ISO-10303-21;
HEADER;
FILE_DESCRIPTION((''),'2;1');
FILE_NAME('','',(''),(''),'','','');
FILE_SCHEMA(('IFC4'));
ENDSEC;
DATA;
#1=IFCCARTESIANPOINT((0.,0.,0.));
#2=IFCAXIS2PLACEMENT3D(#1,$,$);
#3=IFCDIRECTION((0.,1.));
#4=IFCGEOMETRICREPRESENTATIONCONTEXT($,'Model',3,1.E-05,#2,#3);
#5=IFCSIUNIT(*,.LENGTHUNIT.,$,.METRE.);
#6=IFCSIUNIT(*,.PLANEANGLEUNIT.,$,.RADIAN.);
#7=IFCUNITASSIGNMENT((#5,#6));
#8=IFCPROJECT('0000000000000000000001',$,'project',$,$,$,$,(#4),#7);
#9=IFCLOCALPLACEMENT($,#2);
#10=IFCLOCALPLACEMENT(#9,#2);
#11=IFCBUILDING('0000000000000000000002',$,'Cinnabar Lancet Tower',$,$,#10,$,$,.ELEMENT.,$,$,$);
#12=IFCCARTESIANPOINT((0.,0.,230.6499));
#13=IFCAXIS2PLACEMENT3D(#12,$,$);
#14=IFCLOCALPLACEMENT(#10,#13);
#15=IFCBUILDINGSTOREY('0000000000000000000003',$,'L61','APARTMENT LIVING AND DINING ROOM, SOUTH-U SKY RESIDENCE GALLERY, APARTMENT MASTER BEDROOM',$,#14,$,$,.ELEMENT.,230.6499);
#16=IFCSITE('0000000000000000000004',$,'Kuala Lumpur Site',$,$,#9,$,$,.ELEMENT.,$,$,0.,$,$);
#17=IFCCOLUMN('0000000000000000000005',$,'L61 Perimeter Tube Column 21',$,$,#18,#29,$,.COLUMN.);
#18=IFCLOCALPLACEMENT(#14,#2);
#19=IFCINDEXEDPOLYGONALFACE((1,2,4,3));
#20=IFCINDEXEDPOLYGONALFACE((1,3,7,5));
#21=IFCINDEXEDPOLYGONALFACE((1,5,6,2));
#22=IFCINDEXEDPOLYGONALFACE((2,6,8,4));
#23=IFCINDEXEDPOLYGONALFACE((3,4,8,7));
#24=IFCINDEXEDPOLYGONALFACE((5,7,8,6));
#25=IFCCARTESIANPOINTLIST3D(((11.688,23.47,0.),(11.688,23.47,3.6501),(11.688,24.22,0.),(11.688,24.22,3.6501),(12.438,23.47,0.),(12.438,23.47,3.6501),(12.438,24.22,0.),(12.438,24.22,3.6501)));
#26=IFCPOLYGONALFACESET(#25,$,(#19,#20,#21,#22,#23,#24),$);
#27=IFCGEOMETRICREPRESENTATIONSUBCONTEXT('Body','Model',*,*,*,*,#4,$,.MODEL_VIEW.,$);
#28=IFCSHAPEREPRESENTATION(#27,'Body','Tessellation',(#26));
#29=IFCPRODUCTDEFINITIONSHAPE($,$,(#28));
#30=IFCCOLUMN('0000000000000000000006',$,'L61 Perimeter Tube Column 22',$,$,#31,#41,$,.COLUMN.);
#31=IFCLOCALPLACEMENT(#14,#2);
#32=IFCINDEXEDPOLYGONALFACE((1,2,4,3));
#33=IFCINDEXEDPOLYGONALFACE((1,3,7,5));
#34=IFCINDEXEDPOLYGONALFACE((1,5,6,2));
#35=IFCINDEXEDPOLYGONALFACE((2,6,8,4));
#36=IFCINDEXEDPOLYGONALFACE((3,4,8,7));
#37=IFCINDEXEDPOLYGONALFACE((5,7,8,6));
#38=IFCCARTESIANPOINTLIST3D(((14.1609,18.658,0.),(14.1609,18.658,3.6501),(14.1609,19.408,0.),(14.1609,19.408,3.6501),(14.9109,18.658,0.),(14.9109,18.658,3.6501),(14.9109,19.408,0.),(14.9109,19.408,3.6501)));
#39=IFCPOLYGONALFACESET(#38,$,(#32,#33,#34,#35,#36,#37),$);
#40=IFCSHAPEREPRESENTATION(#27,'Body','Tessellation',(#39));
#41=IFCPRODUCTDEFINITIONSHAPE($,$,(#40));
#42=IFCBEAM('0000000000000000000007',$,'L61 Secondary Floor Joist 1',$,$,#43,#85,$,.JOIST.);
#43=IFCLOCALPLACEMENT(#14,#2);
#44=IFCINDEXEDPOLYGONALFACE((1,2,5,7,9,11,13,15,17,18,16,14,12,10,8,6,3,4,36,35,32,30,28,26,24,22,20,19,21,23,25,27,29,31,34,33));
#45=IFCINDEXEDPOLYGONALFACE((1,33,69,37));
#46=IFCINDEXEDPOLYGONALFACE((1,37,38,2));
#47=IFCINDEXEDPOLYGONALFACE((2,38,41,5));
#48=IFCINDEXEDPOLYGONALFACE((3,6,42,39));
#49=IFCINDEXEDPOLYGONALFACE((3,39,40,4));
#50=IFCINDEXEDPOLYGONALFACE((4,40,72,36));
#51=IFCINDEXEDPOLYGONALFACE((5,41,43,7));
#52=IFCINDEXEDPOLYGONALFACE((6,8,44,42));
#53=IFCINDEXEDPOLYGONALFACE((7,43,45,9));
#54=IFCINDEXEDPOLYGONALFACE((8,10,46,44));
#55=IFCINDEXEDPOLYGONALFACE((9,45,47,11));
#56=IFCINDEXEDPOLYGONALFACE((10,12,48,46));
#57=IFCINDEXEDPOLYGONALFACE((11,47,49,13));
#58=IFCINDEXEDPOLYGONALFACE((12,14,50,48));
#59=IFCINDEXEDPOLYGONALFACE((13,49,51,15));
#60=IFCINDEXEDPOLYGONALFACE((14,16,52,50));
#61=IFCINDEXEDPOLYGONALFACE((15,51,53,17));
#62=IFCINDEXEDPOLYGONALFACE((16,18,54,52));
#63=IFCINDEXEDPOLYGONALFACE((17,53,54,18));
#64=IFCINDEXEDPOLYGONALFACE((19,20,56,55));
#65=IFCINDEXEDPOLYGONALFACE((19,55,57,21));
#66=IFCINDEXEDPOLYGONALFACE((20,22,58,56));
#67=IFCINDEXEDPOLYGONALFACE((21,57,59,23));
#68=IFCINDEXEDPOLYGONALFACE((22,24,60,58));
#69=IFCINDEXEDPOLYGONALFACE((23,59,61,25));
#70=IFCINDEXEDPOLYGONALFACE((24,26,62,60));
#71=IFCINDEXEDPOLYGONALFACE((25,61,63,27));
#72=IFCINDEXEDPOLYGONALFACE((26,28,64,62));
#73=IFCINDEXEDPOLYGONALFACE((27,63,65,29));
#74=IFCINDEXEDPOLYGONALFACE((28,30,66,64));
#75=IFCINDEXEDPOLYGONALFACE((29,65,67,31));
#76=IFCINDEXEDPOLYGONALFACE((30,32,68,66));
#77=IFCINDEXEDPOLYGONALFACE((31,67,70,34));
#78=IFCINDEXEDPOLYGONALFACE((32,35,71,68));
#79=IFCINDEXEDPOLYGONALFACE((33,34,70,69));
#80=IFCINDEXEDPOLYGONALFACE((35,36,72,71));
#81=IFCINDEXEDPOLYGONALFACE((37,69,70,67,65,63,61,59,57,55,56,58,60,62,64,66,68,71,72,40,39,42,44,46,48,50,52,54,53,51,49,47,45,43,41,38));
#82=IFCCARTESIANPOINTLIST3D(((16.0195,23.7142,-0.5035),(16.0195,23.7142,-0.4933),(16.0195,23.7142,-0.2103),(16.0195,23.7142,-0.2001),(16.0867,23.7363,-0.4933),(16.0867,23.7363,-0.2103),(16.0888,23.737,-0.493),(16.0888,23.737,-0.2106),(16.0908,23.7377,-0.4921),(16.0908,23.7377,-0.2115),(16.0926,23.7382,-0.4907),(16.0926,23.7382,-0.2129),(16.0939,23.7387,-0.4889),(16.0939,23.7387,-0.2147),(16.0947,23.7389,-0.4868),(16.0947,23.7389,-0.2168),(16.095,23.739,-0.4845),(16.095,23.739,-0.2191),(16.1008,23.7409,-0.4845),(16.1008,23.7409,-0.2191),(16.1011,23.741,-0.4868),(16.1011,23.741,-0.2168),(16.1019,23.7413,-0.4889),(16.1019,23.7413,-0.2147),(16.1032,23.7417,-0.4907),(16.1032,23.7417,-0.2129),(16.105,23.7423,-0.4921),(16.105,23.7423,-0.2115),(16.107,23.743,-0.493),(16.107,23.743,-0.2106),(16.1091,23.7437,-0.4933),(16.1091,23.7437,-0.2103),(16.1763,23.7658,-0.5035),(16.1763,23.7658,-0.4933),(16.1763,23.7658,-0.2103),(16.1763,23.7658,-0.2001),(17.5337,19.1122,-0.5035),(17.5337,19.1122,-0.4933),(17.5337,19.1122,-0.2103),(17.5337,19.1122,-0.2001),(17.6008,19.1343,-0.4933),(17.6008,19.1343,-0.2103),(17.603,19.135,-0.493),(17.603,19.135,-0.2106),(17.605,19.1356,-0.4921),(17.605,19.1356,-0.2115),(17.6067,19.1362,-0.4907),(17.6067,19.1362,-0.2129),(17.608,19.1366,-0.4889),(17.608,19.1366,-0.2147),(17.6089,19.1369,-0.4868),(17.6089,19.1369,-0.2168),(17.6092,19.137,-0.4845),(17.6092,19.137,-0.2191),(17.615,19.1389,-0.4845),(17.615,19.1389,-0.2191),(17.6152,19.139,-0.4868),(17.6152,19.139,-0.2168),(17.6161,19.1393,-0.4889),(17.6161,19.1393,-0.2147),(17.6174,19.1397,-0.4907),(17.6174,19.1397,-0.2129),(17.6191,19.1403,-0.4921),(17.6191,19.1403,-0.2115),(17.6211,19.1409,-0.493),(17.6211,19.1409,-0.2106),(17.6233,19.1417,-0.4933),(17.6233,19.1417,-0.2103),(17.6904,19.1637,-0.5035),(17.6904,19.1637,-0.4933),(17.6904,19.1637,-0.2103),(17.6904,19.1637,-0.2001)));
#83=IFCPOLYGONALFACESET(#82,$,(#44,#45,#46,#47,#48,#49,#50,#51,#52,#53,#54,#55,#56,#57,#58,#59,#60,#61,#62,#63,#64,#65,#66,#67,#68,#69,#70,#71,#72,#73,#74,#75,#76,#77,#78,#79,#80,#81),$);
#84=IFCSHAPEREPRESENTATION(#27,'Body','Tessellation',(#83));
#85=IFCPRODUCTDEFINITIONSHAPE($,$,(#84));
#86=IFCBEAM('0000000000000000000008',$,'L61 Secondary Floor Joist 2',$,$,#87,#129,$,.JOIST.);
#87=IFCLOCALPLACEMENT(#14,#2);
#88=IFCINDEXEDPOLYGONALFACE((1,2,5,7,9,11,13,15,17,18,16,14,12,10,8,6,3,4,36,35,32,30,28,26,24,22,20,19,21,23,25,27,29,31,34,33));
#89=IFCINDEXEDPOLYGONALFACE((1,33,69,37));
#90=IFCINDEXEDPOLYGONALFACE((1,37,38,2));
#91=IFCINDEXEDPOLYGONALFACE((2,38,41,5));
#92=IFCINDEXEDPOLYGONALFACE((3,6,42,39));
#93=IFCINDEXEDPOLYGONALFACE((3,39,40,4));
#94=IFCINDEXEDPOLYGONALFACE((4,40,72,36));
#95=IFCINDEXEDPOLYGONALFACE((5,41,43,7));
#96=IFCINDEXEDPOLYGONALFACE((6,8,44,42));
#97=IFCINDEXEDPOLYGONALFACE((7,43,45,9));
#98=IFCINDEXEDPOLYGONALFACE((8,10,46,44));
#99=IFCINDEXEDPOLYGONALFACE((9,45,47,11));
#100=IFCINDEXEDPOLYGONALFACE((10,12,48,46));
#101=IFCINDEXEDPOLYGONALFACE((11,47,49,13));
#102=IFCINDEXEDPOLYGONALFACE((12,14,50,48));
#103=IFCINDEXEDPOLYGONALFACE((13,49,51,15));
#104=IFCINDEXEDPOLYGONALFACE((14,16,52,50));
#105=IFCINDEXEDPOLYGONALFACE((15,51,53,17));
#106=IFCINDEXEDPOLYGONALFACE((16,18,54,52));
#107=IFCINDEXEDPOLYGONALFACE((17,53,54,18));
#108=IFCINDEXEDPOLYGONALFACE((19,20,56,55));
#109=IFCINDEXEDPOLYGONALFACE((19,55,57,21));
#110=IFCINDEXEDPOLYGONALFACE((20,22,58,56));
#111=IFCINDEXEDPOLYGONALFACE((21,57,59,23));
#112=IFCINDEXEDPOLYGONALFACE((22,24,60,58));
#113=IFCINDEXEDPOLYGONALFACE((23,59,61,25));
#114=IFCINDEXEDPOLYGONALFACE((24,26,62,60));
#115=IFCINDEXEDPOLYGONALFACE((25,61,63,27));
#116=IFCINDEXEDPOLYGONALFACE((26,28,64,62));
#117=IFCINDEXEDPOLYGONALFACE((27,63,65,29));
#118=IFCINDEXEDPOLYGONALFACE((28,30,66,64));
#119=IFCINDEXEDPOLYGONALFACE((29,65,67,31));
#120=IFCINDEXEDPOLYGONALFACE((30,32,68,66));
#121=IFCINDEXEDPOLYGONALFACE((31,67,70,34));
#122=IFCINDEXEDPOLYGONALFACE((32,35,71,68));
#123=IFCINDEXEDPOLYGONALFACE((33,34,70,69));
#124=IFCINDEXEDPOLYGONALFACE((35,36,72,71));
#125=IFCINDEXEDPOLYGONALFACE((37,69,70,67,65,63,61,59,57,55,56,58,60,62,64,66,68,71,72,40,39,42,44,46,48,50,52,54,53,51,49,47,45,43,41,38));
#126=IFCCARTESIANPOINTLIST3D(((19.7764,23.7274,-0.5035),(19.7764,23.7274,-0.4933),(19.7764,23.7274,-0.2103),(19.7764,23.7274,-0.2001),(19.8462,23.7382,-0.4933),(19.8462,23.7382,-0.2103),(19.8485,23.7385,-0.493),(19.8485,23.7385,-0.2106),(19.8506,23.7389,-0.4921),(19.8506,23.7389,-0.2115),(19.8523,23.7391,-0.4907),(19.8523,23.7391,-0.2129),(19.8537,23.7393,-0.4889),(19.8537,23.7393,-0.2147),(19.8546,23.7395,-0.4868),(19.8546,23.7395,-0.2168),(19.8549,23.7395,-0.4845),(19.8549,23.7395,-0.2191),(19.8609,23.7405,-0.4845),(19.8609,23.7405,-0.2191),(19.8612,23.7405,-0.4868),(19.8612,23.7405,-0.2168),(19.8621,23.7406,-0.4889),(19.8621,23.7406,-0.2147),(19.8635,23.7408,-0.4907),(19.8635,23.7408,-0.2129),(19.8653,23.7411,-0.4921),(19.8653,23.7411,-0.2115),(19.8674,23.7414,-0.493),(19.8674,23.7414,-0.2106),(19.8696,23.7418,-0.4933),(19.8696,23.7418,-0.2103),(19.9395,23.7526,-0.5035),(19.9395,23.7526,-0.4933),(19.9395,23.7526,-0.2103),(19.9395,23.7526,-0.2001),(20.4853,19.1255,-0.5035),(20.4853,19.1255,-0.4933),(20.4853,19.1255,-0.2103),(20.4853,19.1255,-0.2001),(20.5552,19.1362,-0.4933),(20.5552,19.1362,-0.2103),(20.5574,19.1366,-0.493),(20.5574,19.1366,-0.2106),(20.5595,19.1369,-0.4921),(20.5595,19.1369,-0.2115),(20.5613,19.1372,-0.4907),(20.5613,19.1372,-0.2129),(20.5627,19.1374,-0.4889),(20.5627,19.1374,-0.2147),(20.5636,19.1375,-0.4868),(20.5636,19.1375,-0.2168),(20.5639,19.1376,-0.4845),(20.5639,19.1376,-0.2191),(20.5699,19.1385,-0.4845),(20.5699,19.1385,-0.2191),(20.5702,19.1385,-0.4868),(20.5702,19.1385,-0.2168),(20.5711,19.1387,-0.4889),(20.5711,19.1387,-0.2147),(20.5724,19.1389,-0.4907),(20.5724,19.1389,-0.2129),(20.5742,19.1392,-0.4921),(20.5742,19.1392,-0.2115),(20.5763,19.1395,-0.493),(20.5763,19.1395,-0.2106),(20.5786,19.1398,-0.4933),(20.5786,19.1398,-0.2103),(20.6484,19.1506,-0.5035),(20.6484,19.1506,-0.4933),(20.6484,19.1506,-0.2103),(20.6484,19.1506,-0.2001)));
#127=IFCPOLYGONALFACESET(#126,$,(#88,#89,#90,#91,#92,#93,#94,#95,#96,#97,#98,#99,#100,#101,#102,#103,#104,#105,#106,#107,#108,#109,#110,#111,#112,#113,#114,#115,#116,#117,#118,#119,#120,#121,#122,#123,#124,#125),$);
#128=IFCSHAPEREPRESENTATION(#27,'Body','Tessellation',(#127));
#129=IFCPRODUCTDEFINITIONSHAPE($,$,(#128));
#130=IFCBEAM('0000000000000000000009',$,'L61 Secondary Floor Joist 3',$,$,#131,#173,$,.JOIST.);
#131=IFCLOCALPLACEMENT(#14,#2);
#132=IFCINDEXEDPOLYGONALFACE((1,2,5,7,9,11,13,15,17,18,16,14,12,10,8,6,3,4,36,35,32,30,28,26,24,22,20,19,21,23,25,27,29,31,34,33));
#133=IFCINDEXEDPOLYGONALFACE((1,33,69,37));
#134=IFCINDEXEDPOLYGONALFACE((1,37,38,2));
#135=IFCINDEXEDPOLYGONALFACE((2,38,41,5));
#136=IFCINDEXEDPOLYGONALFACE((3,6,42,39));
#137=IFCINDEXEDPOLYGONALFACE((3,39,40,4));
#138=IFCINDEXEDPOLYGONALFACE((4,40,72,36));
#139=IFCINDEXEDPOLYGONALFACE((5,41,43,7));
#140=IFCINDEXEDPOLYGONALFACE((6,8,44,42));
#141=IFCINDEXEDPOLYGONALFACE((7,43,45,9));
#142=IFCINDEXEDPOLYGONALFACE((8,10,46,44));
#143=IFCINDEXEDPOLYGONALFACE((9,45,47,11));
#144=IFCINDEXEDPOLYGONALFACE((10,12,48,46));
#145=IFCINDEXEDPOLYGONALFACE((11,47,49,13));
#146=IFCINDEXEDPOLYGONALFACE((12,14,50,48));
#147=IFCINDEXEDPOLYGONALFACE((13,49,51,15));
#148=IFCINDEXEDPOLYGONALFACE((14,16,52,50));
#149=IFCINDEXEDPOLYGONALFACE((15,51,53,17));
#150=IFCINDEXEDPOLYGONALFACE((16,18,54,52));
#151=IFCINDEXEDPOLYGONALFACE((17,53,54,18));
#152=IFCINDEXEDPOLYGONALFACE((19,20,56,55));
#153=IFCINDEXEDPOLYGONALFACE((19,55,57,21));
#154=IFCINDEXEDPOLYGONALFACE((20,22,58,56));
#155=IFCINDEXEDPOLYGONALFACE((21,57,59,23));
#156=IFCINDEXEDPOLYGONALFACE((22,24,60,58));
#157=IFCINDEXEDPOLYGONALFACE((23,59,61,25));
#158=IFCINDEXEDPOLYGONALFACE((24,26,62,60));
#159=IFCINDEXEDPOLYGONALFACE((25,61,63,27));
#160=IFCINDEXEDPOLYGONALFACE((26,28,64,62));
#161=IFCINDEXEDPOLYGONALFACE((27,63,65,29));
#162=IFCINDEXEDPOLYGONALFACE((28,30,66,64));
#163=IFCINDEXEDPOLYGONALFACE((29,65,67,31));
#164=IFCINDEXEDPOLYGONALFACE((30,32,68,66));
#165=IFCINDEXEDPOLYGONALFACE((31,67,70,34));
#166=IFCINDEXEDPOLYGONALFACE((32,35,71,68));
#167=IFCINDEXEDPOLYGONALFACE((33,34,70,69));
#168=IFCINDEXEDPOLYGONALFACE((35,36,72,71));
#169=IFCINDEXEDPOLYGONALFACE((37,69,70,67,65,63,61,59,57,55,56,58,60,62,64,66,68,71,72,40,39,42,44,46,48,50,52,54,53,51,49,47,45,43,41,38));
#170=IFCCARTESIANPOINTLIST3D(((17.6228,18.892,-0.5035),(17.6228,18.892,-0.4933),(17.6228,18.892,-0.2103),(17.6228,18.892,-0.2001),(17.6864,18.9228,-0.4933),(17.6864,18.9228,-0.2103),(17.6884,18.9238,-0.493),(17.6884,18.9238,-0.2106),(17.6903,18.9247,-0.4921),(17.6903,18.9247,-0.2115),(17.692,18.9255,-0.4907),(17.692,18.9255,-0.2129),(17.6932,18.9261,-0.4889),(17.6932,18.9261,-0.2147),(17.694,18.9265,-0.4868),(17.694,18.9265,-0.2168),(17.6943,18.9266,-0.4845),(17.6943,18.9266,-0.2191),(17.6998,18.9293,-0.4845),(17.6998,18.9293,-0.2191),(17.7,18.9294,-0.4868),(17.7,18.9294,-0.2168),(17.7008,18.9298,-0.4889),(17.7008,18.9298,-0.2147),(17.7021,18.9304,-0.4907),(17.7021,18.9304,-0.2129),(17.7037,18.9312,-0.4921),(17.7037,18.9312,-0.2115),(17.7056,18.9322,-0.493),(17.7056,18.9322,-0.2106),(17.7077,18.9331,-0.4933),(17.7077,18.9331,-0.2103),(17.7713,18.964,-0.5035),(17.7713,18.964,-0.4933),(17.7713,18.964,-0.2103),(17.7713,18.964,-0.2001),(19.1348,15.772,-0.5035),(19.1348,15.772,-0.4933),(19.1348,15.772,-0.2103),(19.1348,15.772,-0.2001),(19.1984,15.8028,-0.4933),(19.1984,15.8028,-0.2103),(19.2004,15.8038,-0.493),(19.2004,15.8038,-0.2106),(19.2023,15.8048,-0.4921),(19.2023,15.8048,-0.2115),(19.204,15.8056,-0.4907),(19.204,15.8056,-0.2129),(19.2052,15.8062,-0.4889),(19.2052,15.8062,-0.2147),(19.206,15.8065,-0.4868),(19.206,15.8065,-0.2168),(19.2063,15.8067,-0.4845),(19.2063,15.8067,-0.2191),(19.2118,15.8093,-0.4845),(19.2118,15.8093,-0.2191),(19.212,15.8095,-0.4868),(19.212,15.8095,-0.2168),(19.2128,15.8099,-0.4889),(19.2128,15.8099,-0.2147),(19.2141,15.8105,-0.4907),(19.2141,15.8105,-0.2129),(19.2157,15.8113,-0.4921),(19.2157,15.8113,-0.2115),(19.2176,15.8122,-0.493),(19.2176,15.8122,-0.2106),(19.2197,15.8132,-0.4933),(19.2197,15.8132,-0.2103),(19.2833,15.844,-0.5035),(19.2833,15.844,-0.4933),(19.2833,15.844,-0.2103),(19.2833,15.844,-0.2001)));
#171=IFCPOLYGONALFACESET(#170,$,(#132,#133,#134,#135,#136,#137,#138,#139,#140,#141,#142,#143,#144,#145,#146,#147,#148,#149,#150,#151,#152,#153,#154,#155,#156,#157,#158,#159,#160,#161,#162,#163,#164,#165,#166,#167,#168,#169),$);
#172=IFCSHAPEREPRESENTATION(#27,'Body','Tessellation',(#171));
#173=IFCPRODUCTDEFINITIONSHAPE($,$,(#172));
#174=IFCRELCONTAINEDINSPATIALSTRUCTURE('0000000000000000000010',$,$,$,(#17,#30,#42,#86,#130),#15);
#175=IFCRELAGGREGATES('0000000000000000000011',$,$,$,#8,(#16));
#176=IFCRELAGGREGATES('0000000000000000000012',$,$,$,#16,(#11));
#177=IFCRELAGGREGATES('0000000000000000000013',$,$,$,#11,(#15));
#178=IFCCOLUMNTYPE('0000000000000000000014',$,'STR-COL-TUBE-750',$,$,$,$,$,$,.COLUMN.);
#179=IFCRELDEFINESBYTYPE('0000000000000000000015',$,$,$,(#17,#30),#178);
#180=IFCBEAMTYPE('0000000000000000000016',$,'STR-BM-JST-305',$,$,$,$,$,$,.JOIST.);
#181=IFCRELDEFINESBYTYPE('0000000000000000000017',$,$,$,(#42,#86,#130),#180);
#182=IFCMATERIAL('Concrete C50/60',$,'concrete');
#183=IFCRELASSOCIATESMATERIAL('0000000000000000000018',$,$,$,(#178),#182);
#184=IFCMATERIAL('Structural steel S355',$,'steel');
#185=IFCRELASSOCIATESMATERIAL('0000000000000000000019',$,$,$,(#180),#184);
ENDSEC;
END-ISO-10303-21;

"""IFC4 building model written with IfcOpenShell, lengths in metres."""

from ifc_helpers import new_model, si_unit, direction, frame, origin, origin_2d, place, context, subcontext, project, spatial, rectangle, i_section, extrude, material, material_profile, profile_set, type_object, element, save


model = new_model("IFC4")

# Units and contexts
model_context = context("Model", 3, precision=1e-05, world=origin(), true_north=direction((0.0, 1.0)))
body_context = subcontext(model_context, "Body", "Model", "MODEL_VIEW")
ifc_project = project(units=[si_unit("LENGTHUNIT", "METRE"), si_unit("PLANEANGLEUNIT", "RADIAN")], contexts=[model_context])

# Site, building, storey
site_placement = place(None, origin())
site = spatial("IfcSite", under=ifc_project, at=site_placement, Name="Kuala Lumpur Site", CompositionType="ELEMENT", RefElevation=0.0)
building_placement = place(site_placement, origin())
building = spatial("IfcBuilding", under=site, at=building_placement, Name="Cinnabar Lancet Tower", CompositionType="ELEMENT")
storey_placement = place(building_placement, frame((0.0, 0.0, 230.6499)))
storey = spatial("IfcBuildingStorey", under=building, at=storey_placement, Name="L61", Description="APARTMENT LIVING AND DINING ROOM, SOUTH-U SKY RESIDENCE GALLERY, APARTMENT MASTER BEDROOM", CompositionType="ELEMENT", Elevation=230.6499)

# Columns
ifc_material_1 = material(Name="Concrete C50/60", Category="concrete")
ifc_material_profile_1 = material_profile(ifc_material_1, rectangle(XDim=0.75, YDim=0.75, at=origin_2d()), Name="RC-COL 750x750")
ifc_profile_set_1 = profile_set([ifc_material_profile_1], Name="Concrete C50/60")
column_type = type_object("IfcColumnType", Name="STR-COL-TUBE-750", PredefinedType="COLUMN", material=ifc_profile_set_1)
for number, where, z_axis, x_axis, name in (
    (1, (12.063, 23.845, 0.0), (0.0, 0.0, 1.0), (1.0, 0.0, 0.0), "L61 Perimeter Tube Column 21"),
    (2, (14.5359, 19.033, 0.0), (0.0, 0.0, 1.0), (1.0, 0.0, 0.0), "L61 Perimeter Tube Column 22"),
):
    element("IfcColumn", number, at=place(storey_placement, frame(where, z_axis=z_axis, x_axis=x_axis)), inside=storey, type_object=column_type, Name=name, PredefinedType="COLUMN", context=body_context, shape_type="SweptSolid", body=[
        extrude(rectangle(XDim=0.75, YDim=0.75, at=origin_2d()), origin(), (0.0, 0.0, 1.0), 3.6501),
    ])

# Beams
ifc_material_2 = material(Name="Structural steel S355", Category="steel")
ifc_material_profile_2 = material_profile(ifc_material_2, i_section(OverallWidth=0.165, OverallDepth=0.3035, WebThickness=0.0061, FlangeThickness=0.0103, FilletRadius=0.0088, at=origin_2d()), Name="UKB 305x165x40")
ifc_profile_set_2 = profile_set([ifc_material_profile_2], Name="Structural steel S355")
beam_type_1 = type_object("IfcBeamType", Name="STR-BM-JST-305", PredefinedType="JOIST", material=ifc_profile_set_2)
beam_1_placement = place(storey_placement, frame((16.0979, 23.74, -0.3518), z_axis=(0.312537, -0.949906, 0.0), x_axis=(0.949906, 0.312537, 0.0)))
element("IfcBeam", 3, at=beam_1_placement, inside=storey, type_object=beam_type_1, Name="L61 Secondary Floor Joist 1", PredefinedType="JOIST", context=body_context, shape_type="SweptSolid", body=[
    extrude(i_section(OverallWidth=0.165, OverallDepth=0.3035, WebThickness=0.0061, FlangeThickness=0.0103, FilletRadius=0.0088, at=origin_2d()), origin(), (0.0, 0.0, 1.0), 4.8447),
])
beam_2_placement = place(storey_placement, frame((19.8579, 23.74, -0.3518), z_axis=(0.152262, -0.98834, 0.0), x_axis=(0.98834, 0.152262, 0.0)))
element("IfcBeam", 4, at=beam_2_placement, inside=storey, type_object=beam_type_1, Name="L61 Secondary Floor Joist 2", PredefinedType="JOIST", context=body_context, shape_type="SweptSolid", body=[
    extrude(i_section(OverallWidth=0.165, OverallDepth=0.3035, WebThickness=0.0061, FlangeThickness=0.0103, FilletRadius=0.0088, at=origin_2d()), origin(), (0.0, 0.0, 1.0), 4.6562),
])
beam_3_placement = place(storey_placement, frame((17.697, 18.928, -0.3518), z_axis=(0.436109, -0.899894, 0.0), x_axis=(0.899894, 0.436109, 0.0)))
element("IfcBeam", 5, at=beam_3_placement, inside=storey, type_object=beam_type_1, Name="L61 Secondary Floor Joist 3", PredefinedType="JOIST", context=body_context, shape_type="SweptSolid", body=[
    extrude(i_section(OverallWidth=0.165, OverallDepth=0.3035, WebThickness=0.0061, FlangeThickness=0.0103, FilletRadius=0.0088, at=origin_2d()), origin(), (0.0, 0.0, 1.0), 3.467),
])

save(model, "model.ifc")
